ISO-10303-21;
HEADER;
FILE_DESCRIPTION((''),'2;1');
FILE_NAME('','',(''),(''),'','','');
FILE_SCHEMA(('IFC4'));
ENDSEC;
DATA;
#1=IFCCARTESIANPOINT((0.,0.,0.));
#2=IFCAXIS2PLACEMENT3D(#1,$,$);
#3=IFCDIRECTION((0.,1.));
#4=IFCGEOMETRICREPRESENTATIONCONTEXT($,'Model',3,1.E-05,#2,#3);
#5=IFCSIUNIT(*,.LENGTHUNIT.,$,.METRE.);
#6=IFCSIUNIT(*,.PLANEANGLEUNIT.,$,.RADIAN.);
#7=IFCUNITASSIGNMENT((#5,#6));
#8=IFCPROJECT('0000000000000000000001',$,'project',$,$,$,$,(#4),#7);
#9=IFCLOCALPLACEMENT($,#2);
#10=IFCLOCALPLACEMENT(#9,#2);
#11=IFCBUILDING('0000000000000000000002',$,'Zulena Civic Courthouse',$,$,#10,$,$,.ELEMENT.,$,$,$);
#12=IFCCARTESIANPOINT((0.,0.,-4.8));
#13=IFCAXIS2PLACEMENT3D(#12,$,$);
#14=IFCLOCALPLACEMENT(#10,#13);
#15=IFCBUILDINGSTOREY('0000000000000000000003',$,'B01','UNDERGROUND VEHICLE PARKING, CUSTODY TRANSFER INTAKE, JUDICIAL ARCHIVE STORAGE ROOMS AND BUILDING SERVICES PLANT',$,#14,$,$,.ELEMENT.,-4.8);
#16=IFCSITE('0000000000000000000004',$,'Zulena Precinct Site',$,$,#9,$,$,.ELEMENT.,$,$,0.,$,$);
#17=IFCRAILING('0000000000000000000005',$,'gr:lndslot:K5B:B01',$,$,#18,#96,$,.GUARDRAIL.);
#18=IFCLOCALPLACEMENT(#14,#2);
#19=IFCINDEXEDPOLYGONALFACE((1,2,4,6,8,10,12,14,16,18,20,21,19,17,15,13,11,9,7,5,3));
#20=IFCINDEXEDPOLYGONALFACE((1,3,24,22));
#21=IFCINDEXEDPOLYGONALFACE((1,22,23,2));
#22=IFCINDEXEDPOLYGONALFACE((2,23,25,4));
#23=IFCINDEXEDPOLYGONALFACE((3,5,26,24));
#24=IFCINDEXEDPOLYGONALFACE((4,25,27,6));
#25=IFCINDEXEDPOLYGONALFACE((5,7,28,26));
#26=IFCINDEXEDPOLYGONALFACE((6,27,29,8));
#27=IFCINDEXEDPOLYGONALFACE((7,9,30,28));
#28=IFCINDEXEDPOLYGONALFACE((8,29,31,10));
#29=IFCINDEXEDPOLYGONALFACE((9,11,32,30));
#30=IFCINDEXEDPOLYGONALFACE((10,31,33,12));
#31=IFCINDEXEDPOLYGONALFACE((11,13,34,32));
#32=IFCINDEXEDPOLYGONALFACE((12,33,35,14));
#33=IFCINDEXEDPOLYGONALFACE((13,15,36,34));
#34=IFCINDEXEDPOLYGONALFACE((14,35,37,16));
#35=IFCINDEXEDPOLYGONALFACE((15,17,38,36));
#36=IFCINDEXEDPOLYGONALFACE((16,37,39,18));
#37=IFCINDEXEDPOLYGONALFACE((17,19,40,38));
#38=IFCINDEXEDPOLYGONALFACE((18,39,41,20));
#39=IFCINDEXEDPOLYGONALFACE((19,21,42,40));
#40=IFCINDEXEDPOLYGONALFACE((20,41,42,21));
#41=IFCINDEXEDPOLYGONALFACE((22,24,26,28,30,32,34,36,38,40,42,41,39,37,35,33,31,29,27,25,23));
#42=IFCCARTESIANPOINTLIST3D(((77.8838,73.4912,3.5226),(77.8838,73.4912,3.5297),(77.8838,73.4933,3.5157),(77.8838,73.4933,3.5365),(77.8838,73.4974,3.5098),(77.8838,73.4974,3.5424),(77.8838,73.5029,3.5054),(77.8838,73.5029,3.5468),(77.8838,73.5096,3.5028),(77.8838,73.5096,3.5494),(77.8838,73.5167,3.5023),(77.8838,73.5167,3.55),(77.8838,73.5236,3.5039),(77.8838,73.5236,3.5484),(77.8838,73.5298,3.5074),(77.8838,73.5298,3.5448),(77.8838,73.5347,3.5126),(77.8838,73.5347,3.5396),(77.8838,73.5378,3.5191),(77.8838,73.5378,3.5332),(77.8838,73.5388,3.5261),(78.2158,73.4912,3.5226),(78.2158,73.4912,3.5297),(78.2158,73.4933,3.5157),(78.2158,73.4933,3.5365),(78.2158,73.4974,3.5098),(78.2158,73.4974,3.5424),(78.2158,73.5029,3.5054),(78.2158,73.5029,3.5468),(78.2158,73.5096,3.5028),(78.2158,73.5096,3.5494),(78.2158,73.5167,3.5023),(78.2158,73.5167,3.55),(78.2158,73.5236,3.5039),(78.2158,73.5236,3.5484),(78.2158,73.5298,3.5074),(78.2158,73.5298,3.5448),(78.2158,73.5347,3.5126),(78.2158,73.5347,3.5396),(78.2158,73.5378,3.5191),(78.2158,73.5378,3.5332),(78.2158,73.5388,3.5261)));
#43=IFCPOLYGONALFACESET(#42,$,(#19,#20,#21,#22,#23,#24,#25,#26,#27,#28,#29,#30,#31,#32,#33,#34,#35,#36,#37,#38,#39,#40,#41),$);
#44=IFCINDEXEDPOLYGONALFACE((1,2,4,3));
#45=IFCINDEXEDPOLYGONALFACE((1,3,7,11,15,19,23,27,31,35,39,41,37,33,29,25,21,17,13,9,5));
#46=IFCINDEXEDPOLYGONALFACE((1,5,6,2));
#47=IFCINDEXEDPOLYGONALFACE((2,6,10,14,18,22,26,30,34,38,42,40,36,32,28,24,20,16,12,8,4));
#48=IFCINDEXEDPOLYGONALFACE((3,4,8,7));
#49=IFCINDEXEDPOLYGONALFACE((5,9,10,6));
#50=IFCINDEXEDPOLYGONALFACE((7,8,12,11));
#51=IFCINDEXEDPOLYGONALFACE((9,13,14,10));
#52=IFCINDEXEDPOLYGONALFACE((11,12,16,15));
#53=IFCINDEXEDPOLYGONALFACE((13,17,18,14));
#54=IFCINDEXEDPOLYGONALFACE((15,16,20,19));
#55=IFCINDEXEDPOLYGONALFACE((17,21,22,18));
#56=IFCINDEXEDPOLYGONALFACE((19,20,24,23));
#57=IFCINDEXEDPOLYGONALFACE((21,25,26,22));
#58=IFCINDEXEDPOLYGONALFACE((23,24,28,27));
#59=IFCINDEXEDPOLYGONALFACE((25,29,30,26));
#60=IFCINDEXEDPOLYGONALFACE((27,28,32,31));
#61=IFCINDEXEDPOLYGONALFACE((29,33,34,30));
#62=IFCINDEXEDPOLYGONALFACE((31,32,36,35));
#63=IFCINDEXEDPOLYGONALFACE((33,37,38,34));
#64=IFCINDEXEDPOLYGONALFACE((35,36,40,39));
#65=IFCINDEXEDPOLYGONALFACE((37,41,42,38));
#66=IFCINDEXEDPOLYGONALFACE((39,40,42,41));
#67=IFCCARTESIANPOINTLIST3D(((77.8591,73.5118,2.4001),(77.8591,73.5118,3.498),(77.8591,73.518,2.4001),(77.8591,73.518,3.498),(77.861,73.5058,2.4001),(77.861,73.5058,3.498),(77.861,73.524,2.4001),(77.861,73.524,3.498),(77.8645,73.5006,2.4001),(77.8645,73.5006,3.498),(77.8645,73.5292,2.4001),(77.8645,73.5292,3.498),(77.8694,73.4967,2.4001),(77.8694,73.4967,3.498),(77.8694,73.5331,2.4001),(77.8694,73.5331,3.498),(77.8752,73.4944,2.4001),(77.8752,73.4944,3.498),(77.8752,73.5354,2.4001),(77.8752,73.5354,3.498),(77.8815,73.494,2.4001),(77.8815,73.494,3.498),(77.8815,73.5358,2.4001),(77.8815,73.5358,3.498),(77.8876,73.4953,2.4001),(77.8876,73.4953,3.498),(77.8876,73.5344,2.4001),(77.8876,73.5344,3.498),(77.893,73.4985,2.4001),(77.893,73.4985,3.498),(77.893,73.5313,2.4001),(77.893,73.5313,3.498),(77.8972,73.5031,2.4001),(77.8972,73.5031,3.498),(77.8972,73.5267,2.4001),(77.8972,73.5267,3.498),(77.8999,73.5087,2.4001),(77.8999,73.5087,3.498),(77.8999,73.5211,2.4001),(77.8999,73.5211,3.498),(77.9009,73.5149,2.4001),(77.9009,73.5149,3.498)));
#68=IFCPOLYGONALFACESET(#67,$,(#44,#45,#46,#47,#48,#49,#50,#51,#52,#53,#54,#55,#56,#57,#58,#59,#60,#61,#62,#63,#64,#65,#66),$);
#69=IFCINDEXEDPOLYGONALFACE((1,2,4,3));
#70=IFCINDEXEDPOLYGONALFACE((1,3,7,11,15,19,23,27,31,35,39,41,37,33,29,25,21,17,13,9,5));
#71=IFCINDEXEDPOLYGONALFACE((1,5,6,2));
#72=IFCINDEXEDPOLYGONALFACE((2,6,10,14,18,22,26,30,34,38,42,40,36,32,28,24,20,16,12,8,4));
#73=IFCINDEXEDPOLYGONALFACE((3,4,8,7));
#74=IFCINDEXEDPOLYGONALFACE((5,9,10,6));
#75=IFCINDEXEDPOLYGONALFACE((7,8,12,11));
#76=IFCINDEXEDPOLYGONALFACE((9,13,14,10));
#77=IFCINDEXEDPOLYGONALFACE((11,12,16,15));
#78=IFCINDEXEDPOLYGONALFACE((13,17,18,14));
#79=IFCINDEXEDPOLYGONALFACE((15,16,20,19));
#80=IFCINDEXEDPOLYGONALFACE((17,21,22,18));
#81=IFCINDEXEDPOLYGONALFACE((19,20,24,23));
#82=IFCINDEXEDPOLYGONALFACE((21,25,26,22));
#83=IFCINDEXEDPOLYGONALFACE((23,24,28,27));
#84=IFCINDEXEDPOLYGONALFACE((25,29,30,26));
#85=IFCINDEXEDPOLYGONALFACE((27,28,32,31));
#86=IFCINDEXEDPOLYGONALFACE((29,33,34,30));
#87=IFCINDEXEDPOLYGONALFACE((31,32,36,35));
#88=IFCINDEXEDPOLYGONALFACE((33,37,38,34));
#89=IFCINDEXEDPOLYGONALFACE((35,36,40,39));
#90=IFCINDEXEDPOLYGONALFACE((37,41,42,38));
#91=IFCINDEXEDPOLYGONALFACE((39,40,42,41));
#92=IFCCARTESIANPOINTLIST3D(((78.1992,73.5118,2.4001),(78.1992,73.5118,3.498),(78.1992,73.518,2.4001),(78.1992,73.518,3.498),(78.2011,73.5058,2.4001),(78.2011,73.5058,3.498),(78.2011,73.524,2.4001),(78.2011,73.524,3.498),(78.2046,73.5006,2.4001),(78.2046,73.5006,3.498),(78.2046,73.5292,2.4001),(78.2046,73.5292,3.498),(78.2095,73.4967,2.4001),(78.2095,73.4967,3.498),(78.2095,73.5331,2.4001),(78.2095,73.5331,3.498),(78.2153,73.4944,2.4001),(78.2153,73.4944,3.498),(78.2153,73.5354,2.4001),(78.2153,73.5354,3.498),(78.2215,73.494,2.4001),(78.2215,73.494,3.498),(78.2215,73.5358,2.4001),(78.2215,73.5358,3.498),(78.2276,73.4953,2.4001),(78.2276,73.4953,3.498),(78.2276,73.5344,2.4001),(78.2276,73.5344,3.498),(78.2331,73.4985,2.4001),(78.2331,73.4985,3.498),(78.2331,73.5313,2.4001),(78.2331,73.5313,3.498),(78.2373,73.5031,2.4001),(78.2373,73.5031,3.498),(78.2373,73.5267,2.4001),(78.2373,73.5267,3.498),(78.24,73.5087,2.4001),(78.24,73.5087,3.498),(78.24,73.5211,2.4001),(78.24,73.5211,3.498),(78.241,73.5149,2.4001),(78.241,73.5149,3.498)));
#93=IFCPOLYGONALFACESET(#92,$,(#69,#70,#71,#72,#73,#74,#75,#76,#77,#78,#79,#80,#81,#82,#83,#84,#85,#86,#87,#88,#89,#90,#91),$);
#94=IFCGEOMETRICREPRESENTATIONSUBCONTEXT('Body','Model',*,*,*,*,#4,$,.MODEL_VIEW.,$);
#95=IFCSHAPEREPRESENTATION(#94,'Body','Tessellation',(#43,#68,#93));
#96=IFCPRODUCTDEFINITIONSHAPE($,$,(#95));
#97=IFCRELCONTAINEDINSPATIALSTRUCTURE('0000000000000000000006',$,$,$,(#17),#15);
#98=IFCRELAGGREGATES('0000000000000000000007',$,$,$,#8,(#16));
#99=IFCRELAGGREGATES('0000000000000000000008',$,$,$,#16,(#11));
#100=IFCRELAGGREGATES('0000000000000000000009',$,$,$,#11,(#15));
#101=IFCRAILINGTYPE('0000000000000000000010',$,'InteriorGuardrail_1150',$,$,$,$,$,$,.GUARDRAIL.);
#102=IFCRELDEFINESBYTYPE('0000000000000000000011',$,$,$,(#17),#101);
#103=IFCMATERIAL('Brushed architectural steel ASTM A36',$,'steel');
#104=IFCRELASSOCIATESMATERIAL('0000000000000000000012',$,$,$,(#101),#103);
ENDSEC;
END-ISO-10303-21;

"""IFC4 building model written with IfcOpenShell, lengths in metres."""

from ifc_helpers import new_model, si_unit, direction, frame, origin, origin_2d, place, context, subcontext, project, spatial, circle, extrude, material, type_object, element, save


model = new_model("IFC4")

# Units and contexts
model_context = context("Model", 3, precision=1e-05, world=origin(), true_north=direction((0.0, 1.0)))
body_context = subcontext(model_context, "Body", "Model", "MODEL_VIEW")
ifc_project = project(units=[si_unit("LENGTHUNIT", "METRE"), si_unit("PLANEANGLEUNIT", "RADIAN")], contexts=[model_context])

# Site, building, storey
site_placement = place(None, origin())
site = spatial("IfcSite", under=ifc_project, at=site_placement, Name="Zulena Precinct Site", CompositionType="ELEMENT", RefElevation=0.0)
building_placement = place(site_placement, origin())
building = spatial("IfcBuilding", under=site, at=building_placement, Name="Zulena Civic Courthouse", CompositionType="ELEMENT")
storey_placement = place(building_placement, frame((0.0, 0.0, -4.8)))
storey = spatial("IfcBuildingStorey", under=building, at=storey_placement, Name="B01", Description="UNDERGROUND VEHICLE PARKING, CUSTODY TRANSFER INTAKE, JUDICIAL ARCHIVE STORAGE ROOMS AND BUILDING SERVICES PLANT", CompositionType="ELEMENT", Elevation=-4.8)

# Railing
ifc_material_1 = material(Name="Brushed architectural steel ASTM A36", Category="steel")
railing_type_1 = type_object("IfcRailingType", Name="InteriorGuardrail_1150", PredefinedType="GUARDRAIL", material=ifc_material_1)
railing_1_placement = place(storey_placement, frame((77.8799, 73.5149, 2.4001)))
element("IfcRailing", 1, at=railing_1_placement, inside=storey, type_object=railing_type_1, Name="gr:lndslot:K5B:B01", PredefinedType="GUARDRAIL", context=body_context, shape_type="SweptSolid", body=[
    extrude(circle(Radius=0.0239, at=origin_2d()), frame((0.0039, 0.0, 1.126), z_axis=(1.0, 0.0, 0.0), x_axis=(0.0, 1.0, 0.0)), (0.0, 0.0, 1.0), 0.332),
    extrude(circle(Radius=0.021, at=origin_2d()), origin(), (0.0, 0.0, 1.0), 1.0979),
    extrude(circle(Radius=0.021, at=origin_2d()), frame((0.3401, 0.0, 0.0)), (0.0, 0.0, 1.0), 1.0979),
])

save(model, "model.ifc")
